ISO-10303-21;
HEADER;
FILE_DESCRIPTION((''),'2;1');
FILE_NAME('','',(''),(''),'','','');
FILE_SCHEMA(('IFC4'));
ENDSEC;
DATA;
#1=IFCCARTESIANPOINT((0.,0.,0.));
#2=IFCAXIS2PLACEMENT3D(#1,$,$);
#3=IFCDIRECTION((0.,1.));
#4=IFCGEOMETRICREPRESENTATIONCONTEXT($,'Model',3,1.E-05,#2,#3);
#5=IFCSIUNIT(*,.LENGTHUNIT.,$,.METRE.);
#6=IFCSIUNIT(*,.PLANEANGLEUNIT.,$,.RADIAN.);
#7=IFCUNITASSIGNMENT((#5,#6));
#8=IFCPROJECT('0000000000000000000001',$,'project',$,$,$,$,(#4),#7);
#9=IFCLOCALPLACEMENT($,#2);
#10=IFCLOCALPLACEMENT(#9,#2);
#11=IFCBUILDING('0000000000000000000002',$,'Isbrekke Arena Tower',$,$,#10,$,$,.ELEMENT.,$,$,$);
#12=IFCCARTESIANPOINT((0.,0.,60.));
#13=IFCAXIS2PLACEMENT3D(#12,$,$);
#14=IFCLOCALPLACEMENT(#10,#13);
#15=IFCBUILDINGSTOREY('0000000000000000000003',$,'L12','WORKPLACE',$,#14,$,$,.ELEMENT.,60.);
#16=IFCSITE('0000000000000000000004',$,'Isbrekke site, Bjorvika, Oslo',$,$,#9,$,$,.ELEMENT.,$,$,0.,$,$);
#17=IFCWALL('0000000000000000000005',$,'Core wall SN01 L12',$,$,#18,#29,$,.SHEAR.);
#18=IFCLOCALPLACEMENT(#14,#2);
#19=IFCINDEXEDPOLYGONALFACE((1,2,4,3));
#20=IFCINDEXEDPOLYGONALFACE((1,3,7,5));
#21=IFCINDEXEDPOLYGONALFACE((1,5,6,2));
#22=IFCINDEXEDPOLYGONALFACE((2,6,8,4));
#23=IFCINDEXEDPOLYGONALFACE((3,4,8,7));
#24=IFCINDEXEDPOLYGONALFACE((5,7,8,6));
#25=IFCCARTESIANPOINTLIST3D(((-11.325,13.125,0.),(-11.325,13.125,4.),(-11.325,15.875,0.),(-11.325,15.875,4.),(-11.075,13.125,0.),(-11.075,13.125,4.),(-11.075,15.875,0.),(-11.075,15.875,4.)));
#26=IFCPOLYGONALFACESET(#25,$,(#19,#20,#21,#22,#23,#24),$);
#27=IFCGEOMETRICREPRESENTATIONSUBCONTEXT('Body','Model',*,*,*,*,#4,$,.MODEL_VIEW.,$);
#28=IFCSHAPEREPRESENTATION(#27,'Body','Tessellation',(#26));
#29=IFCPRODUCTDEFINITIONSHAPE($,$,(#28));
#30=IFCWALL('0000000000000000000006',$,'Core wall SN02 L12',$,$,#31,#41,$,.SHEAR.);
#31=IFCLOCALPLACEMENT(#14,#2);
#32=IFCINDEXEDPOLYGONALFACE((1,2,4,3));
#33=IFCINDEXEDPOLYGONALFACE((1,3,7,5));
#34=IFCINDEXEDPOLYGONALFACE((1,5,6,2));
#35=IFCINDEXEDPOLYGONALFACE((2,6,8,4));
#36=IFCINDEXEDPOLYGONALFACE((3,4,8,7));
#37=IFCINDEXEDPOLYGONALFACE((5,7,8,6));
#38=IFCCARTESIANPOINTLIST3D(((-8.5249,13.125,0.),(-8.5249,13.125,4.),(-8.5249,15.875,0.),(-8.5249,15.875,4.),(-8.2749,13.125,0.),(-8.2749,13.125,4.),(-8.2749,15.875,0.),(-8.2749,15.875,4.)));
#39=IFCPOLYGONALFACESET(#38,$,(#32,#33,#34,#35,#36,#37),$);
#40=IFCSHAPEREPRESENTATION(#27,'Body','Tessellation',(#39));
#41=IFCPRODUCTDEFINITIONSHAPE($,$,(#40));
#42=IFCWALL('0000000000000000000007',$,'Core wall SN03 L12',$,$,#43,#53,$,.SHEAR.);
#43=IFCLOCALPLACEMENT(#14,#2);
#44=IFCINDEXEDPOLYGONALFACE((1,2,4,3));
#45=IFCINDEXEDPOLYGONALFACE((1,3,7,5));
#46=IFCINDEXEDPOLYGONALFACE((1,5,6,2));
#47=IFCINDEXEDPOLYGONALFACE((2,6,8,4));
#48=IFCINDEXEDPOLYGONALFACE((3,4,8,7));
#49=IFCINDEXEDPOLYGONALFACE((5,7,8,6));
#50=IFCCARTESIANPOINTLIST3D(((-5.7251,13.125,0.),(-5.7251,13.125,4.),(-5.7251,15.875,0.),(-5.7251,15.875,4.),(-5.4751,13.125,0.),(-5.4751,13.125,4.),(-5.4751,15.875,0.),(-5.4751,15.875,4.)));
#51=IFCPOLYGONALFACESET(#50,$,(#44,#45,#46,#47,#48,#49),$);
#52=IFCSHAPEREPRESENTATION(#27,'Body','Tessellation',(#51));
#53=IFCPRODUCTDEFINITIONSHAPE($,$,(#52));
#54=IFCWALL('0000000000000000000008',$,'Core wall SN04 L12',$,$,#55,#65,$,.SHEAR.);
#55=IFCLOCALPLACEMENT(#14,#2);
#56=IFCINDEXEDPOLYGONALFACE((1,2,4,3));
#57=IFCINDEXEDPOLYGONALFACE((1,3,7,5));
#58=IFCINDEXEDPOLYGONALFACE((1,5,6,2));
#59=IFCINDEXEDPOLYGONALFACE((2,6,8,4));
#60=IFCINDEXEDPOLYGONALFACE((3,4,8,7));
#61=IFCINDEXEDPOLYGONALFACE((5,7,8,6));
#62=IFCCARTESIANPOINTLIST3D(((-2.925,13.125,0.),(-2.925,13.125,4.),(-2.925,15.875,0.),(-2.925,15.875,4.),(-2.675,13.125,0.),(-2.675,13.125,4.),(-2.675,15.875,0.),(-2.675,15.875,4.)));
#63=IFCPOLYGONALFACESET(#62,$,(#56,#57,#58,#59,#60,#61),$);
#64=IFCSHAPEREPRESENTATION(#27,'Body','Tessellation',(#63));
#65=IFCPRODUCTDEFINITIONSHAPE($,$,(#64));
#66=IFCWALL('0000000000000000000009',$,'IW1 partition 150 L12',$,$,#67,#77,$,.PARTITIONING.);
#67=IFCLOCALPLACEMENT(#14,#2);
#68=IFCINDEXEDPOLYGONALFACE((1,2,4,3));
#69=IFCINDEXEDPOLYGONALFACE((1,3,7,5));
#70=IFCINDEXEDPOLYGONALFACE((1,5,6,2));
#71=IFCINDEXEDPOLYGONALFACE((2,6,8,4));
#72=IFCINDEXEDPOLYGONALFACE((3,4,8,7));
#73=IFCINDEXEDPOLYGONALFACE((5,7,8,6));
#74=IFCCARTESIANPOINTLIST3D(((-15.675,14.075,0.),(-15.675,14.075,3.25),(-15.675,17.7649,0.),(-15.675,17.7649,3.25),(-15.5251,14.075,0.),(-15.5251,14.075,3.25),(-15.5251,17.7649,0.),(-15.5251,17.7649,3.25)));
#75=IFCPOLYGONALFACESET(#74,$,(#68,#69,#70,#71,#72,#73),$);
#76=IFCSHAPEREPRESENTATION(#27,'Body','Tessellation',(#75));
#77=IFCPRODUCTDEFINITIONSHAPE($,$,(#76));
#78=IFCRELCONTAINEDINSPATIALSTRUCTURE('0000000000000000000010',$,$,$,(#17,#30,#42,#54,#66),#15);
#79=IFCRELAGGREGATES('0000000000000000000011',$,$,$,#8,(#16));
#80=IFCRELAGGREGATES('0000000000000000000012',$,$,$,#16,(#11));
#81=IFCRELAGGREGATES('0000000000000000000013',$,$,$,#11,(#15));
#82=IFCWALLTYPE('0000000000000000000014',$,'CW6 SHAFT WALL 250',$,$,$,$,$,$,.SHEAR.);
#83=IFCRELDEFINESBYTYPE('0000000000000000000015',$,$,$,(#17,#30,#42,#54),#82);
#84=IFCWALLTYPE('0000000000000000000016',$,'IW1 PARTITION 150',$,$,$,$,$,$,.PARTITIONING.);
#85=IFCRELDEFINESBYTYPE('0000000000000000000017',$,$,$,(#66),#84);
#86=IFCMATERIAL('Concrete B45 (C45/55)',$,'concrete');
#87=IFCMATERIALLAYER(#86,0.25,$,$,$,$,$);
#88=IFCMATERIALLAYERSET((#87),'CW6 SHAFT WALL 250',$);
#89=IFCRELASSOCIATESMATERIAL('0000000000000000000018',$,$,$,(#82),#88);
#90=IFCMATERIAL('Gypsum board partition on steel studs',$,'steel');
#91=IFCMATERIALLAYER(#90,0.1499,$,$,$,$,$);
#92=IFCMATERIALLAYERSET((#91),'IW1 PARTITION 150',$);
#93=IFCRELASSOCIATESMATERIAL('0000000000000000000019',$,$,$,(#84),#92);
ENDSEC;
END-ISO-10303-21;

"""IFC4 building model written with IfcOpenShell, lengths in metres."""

from ifc_helpers import new_model, si_unit, direction, frame, frame_2d, origin, place, context, subcontext, project, spatial, rectangle, extrude, material, layer, layer_set, type_object, element, save


model = new_model("IFC4")

# Units and contexts
model_context = context("Model", 3, precision=1e-05, world=origin(), true_north=direction((0.0, 1.0)))
body_context = subcontext(model_context, "Body", "Model", "MODEL_VIEW")
ifc_project = project(units=[si_unit("LENGTHUNIT", "METRE"), si_unit("PLANEANGLEUNIT", "RADIAN")], contexts=[model_context])

# Site, building, storey
site_placement = place(None, origin())
site = spatial("IfcSite", under=ifc_project, at=site_placement, Name="Isbrekke site, Bjorvika, Oslo", CompositionType="ELEMENT", RefElevation=0.0)
building_placement = place(site_placement, origin())
building = spatial("IfcBuilding", under=site, at=building_placement, Name="Isbrekke Arena Tower", CompositionType="ELEMENT")
storey_placement = place(building_placement, frame((0.0, 0.0, 60.0)))
storey = spatial("IfcBuildingStorey", under=building, at=storey_placement, Name="L12", Description="WORKPLACE", CompositionType="ELEMENT", Elevation=60.0)

# Shared definitions
ifc_material_1 = material(Name="Concrete B45 (C45/55)", Category="concrete")
ifc_layer_1 = layer(ifc_material_1, 0.25)
ifc_layer_set_1 = layer_set([ifc_layer_1], Name="CW6 SHAFT WALL 250")
wall_type_1 = type_object("IfcWallType", Name="CW6 SHAFT WALL 250", PredefinedType="SHEAR", material=ifc_layer_set_1)

# Walls
for number, where, z_axis, x_axis, name in (
    (1, (-11.2, 13.125, 0.0), (0.0, 0.0, 1.0), (0.0, 1.0, 0.0), "Core wall SN01 L12"),
    (2, (-8.3999, 13.125, 0.0), (0.0, 0.0, 1.0), (0.0, 1.0, 0.0), "Core wall SN02 L12"),
    (3, (-5.6001, 13.125, 0.0), (0.0, 0.0, 1.0), (0.0, 1.0, 0.0), "Core wall SN03 L12"),
    (4, (-2.8, 13.125, 0.0), (0.0, 0.0, 1.0), (0.0, 1.0, 0.0), "Core wall SN04 L12"),
):
    element("IfcWall", number, at=place(storey_placement, frame(where, z_axis=z_axis, x_axis=x_axis)), inside=storey, type_object=wall_type_1, Name=name, PredefinedType="SHEAR", context=body_context, shape_type="SweptSolid", body=[
        extrude(rectangle(XDim=2.75, YDim=0.25, at=frame_2d((1.375, 0.0))), origin(), (0.0, 0.0, 1.0), 4.0),
    ])
ifc_material_2 = material(Name="Gypsum board partition on steel studs", Category="steel")
ifc_layer_2 = layer(ifc_material_2, 0.1499)
ifc_layer_set_2 = layer_set([ifc_layer_2], Name="IW1 PARTITION 150")
wall_type_2 = type_object("IfcWallType", Name="IW1 PARTITION 150", PredefinedType="PARTITIONING", material=ifc_layer_set_2)
wall_1_placement = place(storey_placement, frame((-15.6001, 14.075, 0.0), z_axis=(0.0, 0.0, 1.0), x_axis=(0.0, 1.0, 0.0)))
element("IfcWall", 5, at=wall_1_placement, inside=storey, type_object=wall_type_2, Name="IW1 partition 150 L12", PredefinedType="PARTITIONING", context=body_context, shape_type="SweptSolid", body=[
    extrude(rectangle(XDim=3.6899, YDim=0.1499, at=frame_2d((1.845, 0.0))), origin(), (0.0, 0.0, 1.0), 3.25),
])

save(model, "model.ifc")
